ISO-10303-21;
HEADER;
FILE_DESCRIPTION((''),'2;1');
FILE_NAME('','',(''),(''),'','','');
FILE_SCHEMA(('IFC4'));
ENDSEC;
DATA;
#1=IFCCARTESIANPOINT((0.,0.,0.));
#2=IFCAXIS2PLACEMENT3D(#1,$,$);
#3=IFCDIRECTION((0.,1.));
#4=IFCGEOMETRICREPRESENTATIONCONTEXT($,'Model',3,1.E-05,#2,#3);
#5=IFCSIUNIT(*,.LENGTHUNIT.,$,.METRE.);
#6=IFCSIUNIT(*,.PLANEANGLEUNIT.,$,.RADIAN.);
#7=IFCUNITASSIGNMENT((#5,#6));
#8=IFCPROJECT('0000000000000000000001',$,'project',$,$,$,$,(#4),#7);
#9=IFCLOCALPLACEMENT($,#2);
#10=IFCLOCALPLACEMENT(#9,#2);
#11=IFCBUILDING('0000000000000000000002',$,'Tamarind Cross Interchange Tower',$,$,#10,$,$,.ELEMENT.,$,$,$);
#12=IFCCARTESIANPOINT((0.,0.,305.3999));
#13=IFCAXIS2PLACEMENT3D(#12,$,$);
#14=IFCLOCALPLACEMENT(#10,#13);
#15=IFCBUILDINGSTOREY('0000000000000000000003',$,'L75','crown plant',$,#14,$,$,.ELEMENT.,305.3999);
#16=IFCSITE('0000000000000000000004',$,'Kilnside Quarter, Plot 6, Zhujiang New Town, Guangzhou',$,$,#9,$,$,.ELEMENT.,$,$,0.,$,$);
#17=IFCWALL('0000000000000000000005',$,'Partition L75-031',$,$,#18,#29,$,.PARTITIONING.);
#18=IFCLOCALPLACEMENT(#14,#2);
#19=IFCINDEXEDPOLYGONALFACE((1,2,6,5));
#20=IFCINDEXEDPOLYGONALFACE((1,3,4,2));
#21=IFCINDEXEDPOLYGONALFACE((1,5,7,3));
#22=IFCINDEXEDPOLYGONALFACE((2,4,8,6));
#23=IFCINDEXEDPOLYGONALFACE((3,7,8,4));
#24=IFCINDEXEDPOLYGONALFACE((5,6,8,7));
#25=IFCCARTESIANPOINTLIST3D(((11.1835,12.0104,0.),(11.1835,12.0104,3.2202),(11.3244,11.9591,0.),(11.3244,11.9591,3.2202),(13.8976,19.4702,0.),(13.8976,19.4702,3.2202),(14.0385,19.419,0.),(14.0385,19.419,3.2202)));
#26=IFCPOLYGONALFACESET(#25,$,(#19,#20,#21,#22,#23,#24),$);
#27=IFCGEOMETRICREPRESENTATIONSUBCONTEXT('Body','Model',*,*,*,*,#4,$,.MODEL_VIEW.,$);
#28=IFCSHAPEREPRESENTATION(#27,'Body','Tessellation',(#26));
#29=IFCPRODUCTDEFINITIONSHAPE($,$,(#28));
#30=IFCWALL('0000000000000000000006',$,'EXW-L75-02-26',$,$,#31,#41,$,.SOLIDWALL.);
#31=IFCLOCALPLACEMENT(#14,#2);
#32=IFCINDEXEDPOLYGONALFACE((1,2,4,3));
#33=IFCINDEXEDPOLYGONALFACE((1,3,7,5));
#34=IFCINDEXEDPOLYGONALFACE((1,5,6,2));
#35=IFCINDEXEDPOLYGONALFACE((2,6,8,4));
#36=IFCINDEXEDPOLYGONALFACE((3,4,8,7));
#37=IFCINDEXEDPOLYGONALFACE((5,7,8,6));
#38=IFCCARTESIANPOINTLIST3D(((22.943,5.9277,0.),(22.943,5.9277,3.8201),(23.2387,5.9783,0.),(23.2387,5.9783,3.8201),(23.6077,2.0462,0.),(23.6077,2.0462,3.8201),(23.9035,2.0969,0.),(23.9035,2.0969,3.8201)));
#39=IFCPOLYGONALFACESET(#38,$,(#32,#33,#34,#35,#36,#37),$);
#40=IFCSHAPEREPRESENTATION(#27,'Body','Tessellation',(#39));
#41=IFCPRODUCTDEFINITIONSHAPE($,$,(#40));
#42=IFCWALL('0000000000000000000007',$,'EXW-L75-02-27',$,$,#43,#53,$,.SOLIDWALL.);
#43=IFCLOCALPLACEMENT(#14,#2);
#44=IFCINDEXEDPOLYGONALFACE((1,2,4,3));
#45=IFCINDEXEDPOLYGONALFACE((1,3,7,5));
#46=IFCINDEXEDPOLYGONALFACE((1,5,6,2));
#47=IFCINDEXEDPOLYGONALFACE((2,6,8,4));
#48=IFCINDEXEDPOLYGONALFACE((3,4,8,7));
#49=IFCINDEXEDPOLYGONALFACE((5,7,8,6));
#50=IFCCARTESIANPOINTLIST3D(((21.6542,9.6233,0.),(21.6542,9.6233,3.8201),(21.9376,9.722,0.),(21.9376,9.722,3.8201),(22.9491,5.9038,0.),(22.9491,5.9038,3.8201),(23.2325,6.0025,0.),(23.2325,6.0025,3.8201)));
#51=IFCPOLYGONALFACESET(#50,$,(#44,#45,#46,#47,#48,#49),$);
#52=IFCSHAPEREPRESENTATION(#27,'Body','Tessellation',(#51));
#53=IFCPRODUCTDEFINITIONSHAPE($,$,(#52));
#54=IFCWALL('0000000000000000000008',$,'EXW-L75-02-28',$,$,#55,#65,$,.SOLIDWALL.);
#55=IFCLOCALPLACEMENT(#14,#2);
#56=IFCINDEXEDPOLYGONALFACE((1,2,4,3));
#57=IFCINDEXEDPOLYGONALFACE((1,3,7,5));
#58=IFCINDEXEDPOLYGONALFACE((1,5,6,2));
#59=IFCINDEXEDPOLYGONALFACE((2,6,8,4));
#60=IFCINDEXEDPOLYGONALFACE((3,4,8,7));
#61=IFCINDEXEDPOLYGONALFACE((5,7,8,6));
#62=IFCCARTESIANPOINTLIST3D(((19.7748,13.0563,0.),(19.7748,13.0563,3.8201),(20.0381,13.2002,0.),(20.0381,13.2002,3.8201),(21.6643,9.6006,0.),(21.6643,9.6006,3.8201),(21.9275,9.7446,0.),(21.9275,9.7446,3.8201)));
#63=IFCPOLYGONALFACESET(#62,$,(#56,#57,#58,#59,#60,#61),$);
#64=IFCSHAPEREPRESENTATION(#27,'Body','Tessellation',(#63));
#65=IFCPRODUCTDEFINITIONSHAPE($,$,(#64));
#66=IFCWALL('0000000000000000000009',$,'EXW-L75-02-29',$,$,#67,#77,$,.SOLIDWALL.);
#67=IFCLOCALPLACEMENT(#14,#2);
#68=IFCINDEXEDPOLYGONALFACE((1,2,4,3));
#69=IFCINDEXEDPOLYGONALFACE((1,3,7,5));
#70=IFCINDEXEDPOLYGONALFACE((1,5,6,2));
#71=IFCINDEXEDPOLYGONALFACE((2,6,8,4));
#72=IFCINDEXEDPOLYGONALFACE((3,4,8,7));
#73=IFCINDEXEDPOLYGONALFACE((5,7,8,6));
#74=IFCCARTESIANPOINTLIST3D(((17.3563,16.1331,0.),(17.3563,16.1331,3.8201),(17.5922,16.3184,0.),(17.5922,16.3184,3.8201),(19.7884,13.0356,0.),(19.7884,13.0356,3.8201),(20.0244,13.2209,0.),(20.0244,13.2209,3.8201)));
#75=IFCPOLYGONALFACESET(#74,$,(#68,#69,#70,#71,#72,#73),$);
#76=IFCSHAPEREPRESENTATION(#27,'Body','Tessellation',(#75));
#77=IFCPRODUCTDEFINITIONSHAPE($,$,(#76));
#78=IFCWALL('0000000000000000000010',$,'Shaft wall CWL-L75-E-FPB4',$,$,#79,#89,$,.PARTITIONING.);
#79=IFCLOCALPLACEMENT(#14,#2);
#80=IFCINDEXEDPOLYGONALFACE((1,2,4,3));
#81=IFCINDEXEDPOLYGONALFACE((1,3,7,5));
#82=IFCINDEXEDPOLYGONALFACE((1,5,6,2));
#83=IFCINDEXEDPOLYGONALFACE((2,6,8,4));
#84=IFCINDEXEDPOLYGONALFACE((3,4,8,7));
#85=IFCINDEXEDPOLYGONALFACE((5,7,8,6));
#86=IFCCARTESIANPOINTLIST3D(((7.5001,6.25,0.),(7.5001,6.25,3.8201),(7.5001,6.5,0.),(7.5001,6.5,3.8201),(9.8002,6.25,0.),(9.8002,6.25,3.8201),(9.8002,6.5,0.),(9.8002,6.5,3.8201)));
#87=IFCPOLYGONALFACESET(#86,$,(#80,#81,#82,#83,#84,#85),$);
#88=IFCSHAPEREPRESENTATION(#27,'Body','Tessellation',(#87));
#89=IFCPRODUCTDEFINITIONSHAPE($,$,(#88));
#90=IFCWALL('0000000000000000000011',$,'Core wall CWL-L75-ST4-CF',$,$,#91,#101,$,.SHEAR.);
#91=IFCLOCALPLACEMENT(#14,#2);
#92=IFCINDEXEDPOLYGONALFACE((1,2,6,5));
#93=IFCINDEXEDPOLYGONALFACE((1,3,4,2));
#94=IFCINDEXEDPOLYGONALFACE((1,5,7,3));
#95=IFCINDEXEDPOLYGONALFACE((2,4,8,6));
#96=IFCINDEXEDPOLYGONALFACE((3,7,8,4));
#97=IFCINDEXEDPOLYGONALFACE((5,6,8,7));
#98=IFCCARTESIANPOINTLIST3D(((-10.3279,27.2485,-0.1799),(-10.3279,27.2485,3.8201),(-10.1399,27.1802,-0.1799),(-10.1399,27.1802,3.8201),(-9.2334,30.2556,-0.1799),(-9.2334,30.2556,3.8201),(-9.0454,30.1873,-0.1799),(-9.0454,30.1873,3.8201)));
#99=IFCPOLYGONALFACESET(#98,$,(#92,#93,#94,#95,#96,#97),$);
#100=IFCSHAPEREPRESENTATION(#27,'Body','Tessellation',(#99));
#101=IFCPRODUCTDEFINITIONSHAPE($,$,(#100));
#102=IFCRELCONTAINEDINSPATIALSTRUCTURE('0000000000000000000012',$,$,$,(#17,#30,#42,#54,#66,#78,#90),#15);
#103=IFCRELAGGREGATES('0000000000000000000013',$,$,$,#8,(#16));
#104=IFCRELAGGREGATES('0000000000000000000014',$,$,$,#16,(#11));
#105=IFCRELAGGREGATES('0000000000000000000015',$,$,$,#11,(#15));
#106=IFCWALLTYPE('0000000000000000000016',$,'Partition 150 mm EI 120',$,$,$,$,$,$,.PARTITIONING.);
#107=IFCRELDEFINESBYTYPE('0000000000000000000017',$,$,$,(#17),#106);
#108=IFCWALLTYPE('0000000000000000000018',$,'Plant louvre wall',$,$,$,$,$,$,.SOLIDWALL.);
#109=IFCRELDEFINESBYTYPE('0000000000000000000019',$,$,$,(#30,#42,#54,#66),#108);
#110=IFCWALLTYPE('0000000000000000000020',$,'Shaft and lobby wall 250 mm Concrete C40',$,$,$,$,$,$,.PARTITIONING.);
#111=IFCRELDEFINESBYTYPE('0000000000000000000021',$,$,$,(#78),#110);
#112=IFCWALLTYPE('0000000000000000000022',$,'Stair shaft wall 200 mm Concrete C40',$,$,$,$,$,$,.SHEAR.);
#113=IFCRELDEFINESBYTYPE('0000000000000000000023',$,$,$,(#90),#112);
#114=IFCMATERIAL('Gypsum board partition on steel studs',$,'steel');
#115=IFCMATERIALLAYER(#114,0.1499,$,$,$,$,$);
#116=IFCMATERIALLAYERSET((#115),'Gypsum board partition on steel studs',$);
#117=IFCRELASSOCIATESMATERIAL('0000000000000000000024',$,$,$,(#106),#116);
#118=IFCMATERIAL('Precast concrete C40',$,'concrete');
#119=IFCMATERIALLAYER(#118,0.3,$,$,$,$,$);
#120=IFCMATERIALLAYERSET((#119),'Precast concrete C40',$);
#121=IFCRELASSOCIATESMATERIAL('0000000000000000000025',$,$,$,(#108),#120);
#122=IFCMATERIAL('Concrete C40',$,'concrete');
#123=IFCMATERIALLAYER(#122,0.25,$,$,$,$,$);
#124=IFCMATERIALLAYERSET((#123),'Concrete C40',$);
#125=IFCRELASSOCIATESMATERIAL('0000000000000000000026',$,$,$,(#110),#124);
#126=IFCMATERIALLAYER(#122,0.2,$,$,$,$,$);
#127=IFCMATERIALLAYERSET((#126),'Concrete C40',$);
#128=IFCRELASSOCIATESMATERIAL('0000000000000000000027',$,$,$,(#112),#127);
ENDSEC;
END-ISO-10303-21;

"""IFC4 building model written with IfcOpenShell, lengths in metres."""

from ifc_helpers import new_model, si_unit, direction, frame, frame_2d, origin, place, context, subcontext, project, spatial, polyline, rectangle, outline, extrude, material, layer, layer_set, type_object, element, save


model = new_model("IFC4")

# Units and contexts
model_context = context("Model", 3, precision=1e-05, world=origin(), true_north=direction((0.0, 1.0)))
body_context = subcontext(model_context, "Body", "Model", "MODEL_VIEW")
ifc_project = project(units=[si_unit("LENGTHUNIT", "METRE"), si_unit("PLANEANGLEUNIT", "RADIAN")], contexts=[model_context])

# Site, building, storey
site_placement = place(None, origin())
site = spatial("IfcSite", under=ifc_project, at=site_placement, Name="Kilnside Quarter, Plot 6, Zhujiang New Town, Guangzhou", CompositionType="ELEMENT", RefElevation=0.0)
building_placement = place(site_placement, origin())
building = spatial("IfcBuilding", under=site, at=building_placement, Name="Tamarind Cross Interchange Tower", CompositionType="ELEMENT")
storey_placement = place(building_placement, frame((0.0, 0.0, 305.3999)))
storey = spatial("IfcBuildingStorey", under=building, at=storey_placement, Name="L75", Description="crown plant", CompositionType="ELEMENT", Elevation=305.3999)

# Shared definitions
ifc_material_1 = material(Name="Concrete C40", Category="concrete")

# Walls
ifc_material_2 = material(Name="Gypsum board partition on steel studs", Category="steel")
ifc_layer_1 = layer(ifc_material_2, 0.1499)
ifc_layer_set_1 = layer_set([ifc_layer_1], Name="Gypsum board partition on steel studs")
wall_type_1 = type_object("IfcWallType", Name="Partition 150 mm EI 120", PredefinedType="PARTITIONING", material=ifc_layer_set_1)
wall_1_placement = place(storey_placement, frame((11.2539, 11.9846, 0.0), z_axis=(0.0, 0.0, 1.0), x_axis=(0.341899, 0.939737, 0.0)))
element("IfcWall", 1, at=wall_1_placement, inside=storey, type_object=wall_type_1, Name="Partition L75-031", PredefinedType="PARTITIONING", context=body_context, shape_type="SweptSolid", body=[
    extrude(rectangle(XDim=7.9382, YDim=0.1499, at=frame_2d((3.9692, 0.0))), origin(), (0.0, 0.0, 1.0), 3.2202),
])
ifc_material_3 = material(Name="Precast concrete C40", Category="concrete")
ifc_layer_2 = layer(ifc_material_3, 0.3)
ifc_layer_set_2 = layer_set([ifc_layer_2], Name="Precast concrete C40")
wall_type_2 = type_object("IfcWallType", Name="Plant louvre wall", PredefinedType="SOLIDWALL", material=ifc_layer_set_2)
wall_2_placement = place(storey_placement, frame((23.7556, 2.0715, 0.0), z_axis=(0.0, 0.0, 1.0), x_axis=(-0.168811, 0.985648, 0.0)))
element("IfcWall", 2, at=wall_2_placement, inside=storey, type_object=wall_type_2, Name="EXW-L75-02-26", PredefinedType="SOLIDWALL", context=body_context, shape_type="SweptSolid", body=[
    extrude(rectangle(XDim=3.938, YDim=0.3, at=frame_2d((1.969, 0.0))), origin(), (0.0, 0.0, 1.0), 3.8201),
])
for number, where, z_axis, x_axis, name in (
    (3, (23.0908, 5.9531, 0.0), (0.0, 0.0, 1.0), (-0.32879, 0.944403, 0.0), "EXW-L75-02-27"),
    (4, (21.7959, 9.6726, 0.0), (0.0, 0.0, 1.0), (-0.479742, 0.877409, 0.0), "EXW-L75-02-28"),
):
    element("IfcWall", number, at=place(storey_placement, frame(where, z_axis=z_axis, x_axis=x_axis)), inside=storey, type_object=wall_type_2, Name=name, PredefinedType="SOLIDWALL", context=body_context, shape_type="SweptSolid", body=[
        extrude(rectangle(XDim=3.9385, YDim=0.3, at=frame_2d((1.9692, 0.0))), origin(), (0.0, 0.0, 1.0), 3.8201),
    ])
wall_3_placement = place(storey_placement, frame((19.9065, 13.1282, 0.0), z_axis=(0.0, 0.0, 1.0), x_axis=(-0.617578, 0.78651, 0.0)))
element("IfcWall", 5, at=wall_3_placement, inside=storey, type_object=wall_type_2, Name="EXW-L75-02-29", PredefinedType="SOLIDWALL", context=body_context, shape_type="SweptSolid", body=[
    extrude(rectangle(XDim=3.9382, YDim=0.3, at=frame_2d((1.9692, 0.0))), origin(), (0.0, 0.0, 1.0), 3.8201),
])
ifc_layer_3 = layer(ifc_material_1, 0.25)
ifc_layer_set_3 = layer_set([ifc_layer_3], Name="Concrete C40")
wall_type_3 = type_object("IfcWallType", Name="Shaft and lobby wall 250 mm Concrete C40", PredefinedType="PARTITIONING", material=ifc_layer_set_3)
wall_4_placement = place(storey_placement, frame((9.8, 6.375, 0.0), z_axis=(0.0, 0.0, 1.0), x_axis=(-1.0, 0.0, 0.0)))
element("IfcWall", 6, at=wall_4_placement, inside=storey, type_object=wall_type_3, Name="Shaft wall CWL-L75-E-FPB4", PredefinedType="PARTITIONING", context=body_context, shape_type="SweptSolid", body=[
    extrude(rectangle(XDim=2.3, YDim=0.25, at=frame_2d((1.1499, 0.0))), origin(), (0.0, 0.0, 1.0), 3.8201),
])
ifc_layer_4 = layer(ifc_material_1, 0.2)
ifc_layer_set_4 = layer_set([ifc_layer_4], Name="Concrete C40")
wall_type_4 = type_object("IfcWallType", Name="Stair shaft wall 200 mm Concrete C40", PredefinedType="SHEAR", material=ifc_layer_set_4)
wall_5_placement = place(storey_placement, frame((0.0, 0.0, -0.1799)))
element("IfcWall", 7, at=wall_5_placement, inside=storey, type_object=wall_type_4, Name="Core wall CWL-L75-ST4-CF", PredefinedType="SHEAR", context=body_context, shape_type="SweptSolid", body=[
    extrude(outline(polyline([(-9.0454, 30.1873), (-9.2334, 30.2556), (-10.3279, 27.2485), (-10.1399, 27.1802), (-9.0454, 30.1873)])), origin(), (0.0, 0.0, 1.0), 4.0),
])

save(model, "model.ifc")
